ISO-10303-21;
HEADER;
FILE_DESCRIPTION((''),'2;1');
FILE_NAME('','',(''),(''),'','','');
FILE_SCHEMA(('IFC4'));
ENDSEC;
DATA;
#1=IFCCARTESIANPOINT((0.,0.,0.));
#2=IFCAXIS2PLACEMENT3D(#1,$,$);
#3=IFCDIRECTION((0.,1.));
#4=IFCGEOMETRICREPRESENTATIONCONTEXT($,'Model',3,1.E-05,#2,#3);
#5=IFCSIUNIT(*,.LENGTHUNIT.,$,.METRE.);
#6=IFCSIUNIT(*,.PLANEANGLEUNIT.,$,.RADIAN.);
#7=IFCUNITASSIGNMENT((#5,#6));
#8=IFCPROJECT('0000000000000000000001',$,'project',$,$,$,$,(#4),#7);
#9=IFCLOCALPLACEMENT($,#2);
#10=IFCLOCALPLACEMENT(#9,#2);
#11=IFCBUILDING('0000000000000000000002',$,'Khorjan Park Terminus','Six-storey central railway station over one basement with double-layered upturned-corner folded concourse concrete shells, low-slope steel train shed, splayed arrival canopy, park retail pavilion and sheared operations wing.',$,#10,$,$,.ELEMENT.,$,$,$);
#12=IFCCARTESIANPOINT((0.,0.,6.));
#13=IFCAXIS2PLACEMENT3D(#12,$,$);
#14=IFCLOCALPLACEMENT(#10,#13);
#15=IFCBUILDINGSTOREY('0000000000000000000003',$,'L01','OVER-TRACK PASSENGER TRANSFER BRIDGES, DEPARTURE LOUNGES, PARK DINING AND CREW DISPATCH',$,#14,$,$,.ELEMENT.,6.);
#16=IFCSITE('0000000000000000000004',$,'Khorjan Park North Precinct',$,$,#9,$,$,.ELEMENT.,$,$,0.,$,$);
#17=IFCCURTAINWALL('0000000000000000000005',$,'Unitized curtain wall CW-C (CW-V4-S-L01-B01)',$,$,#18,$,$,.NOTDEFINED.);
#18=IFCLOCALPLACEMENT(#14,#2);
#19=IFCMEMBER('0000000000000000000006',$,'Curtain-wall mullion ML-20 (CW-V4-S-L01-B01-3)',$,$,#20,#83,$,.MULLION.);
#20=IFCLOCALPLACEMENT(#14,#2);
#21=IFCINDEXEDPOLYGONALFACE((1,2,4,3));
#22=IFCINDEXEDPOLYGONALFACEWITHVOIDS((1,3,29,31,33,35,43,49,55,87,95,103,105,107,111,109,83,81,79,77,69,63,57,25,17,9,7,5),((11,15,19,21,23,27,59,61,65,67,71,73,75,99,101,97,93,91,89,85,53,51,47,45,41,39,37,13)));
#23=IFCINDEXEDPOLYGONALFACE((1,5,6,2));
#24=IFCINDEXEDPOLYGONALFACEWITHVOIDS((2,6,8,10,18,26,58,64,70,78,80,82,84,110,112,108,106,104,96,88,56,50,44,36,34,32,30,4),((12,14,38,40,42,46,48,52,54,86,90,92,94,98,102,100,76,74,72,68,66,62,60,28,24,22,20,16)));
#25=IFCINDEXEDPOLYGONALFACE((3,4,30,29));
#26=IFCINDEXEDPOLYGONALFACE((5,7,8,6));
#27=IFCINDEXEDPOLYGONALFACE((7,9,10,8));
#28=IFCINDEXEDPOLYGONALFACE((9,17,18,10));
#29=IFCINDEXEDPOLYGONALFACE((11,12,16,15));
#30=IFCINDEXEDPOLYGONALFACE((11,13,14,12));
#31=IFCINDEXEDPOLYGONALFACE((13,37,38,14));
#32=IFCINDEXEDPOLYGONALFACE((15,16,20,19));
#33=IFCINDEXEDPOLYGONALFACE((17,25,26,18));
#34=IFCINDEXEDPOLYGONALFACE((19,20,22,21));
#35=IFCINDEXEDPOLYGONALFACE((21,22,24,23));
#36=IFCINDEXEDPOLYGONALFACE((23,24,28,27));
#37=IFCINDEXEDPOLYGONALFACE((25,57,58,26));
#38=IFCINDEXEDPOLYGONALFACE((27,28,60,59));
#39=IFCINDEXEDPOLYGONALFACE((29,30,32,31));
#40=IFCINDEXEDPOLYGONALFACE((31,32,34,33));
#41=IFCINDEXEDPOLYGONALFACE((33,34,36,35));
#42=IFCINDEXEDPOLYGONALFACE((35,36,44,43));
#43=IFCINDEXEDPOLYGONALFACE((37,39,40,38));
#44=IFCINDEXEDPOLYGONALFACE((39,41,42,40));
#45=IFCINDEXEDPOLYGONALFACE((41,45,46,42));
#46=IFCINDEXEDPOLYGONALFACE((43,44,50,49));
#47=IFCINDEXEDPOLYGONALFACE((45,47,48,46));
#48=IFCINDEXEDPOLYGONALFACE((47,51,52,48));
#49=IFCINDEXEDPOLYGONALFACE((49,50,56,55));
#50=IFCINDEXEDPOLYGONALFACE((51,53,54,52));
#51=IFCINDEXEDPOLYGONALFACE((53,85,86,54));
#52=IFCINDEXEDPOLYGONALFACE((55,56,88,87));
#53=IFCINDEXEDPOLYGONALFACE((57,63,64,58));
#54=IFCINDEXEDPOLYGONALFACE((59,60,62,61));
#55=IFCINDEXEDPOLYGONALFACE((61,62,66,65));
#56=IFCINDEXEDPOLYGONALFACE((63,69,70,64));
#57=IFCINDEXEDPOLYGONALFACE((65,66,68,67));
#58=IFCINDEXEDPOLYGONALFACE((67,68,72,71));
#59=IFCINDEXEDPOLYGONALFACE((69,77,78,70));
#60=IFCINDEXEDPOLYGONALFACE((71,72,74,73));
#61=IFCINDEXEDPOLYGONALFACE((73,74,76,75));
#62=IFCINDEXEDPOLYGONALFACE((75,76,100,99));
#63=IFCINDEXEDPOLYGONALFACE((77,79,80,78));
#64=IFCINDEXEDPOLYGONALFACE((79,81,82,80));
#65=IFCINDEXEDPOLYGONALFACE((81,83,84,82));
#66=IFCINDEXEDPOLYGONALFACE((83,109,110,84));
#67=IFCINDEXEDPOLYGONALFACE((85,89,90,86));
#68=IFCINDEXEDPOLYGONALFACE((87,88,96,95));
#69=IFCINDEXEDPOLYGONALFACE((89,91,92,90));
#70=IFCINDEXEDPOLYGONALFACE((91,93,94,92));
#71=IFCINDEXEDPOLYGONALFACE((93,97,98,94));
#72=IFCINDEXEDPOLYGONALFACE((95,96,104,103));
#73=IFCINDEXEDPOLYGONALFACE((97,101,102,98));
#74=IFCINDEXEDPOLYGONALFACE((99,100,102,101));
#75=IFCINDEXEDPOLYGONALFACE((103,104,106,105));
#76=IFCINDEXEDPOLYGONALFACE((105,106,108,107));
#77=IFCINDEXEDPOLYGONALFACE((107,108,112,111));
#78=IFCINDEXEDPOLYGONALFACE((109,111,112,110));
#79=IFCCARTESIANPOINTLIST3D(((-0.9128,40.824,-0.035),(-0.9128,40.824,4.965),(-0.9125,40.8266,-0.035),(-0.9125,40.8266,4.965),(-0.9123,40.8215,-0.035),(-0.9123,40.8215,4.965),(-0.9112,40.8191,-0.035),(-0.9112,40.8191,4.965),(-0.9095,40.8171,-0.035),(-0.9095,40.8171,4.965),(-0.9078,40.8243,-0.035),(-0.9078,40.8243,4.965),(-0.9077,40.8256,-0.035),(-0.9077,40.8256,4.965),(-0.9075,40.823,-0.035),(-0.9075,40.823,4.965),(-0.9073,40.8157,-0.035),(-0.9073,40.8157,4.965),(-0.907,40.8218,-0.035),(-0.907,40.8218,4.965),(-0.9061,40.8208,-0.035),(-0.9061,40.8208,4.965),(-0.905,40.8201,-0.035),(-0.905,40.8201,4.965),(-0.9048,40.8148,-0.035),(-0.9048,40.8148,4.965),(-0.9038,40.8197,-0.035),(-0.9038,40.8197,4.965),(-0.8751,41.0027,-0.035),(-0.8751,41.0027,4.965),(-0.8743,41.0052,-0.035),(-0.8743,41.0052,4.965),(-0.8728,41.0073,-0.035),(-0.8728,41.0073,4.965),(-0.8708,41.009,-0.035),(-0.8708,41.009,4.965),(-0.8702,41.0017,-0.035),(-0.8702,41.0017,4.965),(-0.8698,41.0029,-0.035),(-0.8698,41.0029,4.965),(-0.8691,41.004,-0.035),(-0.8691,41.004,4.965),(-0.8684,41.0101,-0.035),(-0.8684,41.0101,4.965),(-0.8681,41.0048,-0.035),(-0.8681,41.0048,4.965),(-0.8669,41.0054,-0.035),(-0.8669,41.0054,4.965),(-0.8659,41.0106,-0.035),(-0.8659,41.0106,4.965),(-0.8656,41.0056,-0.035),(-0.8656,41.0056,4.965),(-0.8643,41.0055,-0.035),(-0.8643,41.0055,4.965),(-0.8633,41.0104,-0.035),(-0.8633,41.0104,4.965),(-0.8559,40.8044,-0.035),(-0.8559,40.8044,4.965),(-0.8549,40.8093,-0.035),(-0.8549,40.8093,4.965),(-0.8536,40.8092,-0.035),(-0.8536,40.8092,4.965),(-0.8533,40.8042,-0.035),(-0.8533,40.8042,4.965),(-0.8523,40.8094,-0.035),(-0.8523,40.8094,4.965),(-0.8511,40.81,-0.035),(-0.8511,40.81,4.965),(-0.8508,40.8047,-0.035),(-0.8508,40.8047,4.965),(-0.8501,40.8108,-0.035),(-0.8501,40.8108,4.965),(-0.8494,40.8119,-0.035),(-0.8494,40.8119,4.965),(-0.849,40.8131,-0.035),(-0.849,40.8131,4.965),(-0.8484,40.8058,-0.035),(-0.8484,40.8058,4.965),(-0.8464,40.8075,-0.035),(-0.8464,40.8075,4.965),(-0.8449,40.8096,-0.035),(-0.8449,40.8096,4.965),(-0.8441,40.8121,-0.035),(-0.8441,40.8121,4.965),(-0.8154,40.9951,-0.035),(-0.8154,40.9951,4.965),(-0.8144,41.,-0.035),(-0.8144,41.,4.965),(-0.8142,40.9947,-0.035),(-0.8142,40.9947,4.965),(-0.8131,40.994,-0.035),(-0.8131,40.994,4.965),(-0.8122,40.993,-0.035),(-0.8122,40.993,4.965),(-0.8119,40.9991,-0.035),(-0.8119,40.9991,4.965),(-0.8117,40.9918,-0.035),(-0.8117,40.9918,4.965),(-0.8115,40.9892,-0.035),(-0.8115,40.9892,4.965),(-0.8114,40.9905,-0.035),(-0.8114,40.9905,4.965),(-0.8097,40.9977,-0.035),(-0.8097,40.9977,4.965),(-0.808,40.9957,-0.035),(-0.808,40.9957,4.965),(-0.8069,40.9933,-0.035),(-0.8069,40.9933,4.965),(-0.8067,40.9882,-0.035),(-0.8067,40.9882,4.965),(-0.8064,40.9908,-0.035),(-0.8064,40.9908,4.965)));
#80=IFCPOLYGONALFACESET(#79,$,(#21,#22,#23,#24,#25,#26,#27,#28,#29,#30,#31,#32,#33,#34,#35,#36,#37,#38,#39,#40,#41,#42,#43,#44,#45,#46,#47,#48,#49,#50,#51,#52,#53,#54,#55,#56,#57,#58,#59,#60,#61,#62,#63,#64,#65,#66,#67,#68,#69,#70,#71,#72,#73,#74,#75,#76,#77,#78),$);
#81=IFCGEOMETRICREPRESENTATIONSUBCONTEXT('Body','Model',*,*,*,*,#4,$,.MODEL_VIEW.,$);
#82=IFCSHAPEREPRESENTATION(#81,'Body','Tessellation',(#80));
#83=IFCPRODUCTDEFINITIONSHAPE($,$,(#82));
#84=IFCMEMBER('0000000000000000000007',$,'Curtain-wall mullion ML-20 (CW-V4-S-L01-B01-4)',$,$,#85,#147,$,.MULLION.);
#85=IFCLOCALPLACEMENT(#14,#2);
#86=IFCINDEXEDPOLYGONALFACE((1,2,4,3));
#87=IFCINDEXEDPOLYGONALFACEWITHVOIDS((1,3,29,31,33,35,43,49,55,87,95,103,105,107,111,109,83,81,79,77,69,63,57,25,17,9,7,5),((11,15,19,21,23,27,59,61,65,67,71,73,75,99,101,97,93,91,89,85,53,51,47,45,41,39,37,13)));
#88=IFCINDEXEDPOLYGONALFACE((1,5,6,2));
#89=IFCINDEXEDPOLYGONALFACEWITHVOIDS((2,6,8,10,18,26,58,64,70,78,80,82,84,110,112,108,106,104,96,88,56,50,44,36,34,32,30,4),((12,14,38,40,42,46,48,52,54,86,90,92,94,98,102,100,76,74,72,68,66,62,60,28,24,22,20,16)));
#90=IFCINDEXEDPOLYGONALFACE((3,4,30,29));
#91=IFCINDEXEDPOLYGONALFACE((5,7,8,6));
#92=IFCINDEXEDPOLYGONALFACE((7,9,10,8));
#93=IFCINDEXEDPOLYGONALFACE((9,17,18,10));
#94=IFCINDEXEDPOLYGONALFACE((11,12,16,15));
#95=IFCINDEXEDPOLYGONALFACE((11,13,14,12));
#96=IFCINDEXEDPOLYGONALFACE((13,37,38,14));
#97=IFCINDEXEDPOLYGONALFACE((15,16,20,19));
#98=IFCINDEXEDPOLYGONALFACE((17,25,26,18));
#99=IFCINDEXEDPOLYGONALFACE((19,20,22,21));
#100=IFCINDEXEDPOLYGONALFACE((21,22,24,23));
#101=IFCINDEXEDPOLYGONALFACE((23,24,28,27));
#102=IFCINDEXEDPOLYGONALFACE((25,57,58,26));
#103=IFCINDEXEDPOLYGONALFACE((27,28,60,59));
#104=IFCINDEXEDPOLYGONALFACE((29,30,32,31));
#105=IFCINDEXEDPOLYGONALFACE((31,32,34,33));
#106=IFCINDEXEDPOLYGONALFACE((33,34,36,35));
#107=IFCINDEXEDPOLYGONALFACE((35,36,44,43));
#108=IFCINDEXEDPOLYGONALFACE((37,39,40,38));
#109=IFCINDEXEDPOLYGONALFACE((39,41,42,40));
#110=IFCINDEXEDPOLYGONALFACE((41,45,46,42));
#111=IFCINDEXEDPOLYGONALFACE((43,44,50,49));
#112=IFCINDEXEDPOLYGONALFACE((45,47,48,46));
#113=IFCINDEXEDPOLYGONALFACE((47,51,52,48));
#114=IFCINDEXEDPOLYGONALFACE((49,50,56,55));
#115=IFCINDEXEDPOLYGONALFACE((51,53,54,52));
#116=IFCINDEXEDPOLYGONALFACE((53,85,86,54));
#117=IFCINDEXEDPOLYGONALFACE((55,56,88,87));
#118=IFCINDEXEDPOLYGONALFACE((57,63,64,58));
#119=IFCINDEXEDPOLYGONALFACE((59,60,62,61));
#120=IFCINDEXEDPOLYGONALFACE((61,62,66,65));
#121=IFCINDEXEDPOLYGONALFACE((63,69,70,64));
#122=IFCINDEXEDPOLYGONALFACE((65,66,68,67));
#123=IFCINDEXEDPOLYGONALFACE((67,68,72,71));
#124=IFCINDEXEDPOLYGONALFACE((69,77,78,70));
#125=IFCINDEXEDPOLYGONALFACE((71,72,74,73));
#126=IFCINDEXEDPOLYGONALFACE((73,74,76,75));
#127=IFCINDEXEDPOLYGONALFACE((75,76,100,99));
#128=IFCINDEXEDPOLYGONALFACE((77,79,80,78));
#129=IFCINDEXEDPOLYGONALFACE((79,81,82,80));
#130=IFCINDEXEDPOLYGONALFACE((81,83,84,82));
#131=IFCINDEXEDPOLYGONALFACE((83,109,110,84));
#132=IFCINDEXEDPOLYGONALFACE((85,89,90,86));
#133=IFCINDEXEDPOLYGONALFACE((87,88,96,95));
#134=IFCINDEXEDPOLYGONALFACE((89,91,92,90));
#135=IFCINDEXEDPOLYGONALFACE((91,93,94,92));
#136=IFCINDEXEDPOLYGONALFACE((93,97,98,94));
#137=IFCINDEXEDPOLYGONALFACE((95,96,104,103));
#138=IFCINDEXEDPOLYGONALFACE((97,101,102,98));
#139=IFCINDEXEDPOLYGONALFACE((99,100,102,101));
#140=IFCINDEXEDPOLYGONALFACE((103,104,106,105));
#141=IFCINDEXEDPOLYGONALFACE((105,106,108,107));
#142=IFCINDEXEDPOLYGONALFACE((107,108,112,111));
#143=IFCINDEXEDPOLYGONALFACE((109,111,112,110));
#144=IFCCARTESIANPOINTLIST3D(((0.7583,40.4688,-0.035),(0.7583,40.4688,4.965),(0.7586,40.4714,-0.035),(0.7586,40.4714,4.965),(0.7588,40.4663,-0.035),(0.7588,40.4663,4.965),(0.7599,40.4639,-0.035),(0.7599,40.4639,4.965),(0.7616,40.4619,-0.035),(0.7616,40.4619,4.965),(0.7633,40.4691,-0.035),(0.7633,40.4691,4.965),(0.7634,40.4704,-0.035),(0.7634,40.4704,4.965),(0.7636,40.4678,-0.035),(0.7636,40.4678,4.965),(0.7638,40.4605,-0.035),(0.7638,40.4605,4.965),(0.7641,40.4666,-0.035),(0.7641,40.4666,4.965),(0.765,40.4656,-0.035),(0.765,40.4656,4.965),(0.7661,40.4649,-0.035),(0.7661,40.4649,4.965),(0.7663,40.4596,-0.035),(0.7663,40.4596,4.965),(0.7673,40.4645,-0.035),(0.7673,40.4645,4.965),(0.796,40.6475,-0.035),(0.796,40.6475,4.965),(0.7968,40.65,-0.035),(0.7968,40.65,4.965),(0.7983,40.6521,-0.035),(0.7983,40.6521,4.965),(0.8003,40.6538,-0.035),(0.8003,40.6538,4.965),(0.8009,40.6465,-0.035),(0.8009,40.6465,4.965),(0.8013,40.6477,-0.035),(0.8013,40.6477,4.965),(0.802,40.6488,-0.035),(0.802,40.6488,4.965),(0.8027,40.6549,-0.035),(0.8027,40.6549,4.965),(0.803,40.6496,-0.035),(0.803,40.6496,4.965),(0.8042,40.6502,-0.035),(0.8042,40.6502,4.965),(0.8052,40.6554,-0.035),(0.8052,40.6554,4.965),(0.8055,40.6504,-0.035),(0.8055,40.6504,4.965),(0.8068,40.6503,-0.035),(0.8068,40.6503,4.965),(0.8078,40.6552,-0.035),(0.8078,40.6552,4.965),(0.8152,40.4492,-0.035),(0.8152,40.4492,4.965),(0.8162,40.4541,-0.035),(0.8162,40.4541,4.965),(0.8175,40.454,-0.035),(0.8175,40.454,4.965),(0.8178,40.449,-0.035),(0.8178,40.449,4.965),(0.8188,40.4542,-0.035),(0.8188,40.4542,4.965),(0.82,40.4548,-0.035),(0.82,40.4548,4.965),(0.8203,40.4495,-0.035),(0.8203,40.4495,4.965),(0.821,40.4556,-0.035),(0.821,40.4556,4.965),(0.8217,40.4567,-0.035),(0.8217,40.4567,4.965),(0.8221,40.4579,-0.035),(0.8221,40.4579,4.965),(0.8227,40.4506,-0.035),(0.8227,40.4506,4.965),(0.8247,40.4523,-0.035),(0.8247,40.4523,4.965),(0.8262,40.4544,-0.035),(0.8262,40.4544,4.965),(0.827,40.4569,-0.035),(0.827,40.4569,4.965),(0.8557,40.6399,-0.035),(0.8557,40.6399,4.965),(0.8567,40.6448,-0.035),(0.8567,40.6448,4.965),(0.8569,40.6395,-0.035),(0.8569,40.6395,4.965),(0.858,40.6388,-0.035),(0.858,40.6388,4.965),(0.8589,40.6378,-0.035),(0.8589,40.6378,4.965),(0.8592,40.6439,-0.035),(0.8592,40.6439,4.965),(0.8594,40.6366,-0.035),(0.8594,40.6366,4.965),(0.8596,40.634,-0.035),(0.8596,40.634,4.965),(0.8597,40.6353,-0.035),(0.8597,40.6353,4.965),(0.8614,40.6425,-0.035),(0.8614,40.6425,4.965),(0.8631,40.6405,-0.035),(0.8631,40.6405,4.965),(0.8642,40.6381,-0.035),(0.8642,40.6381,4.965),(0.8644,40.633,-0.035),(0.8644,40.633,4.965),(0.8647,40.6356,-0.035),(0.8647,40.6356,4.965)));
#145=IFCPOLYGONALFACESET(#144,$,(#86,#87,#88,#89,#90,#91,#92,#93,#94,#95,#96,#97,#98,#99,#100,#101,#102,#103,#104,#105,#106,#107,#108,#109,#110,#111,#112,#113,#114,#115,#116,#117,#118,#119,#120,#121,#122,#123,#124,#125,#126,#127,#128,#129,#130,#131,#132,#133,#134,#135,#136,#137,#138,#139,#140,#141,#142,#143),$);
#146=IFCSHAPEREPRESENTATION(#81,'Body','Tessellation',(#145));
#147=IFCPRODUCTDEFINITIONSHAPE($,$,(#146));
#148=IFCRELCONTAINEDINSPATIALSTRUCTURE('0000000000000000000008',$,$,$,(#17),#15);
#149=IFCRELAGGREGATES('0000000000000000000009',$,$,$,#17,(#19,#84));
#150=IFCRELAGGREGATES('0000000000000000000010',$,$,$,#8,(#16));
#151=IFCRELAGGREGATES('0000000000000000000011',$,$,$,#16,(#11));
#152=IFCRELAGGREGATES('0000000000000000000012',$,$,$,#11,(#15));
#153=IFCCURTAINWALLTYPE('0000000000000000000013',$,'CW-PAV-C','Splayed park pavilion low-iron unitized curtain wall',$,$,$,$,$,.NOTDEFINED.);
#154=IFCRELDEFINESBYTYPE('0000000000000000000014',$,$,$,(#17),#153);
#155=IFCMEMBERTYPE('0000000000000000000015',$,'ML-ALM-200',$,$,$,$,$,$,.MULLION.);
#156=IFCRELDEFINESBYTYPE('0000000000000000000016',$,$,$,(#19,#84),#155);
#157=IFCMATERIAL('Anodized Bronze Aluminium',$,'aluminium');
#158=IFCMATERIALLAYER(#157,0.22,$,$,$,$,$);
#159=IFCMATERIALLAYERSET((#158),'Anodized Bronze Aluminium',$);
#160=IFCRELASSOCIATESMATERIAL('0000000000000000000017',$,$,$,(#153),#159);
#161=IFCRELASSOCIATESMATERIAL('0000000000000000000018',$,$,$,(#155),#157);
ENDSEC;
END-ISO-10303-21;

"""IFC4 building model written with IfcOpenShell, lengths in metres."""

from ifc_helpers import new_model, si_unit, direction, frame, origin, origin_2d, place, context, subcontext, project, spatial, hollow_rectangle, extrude, material, layer, layer_set, material_profile, profile_set, type_object, element, aggregate, save


model = new_model("IFC4")

# Units and contexts
model_context = context("Model", 3, precision=1e-05, world=origin(), true_north=direction((0.0, 1.0)))
body_context = subcontext(model_context, "Body", "Model", "MODEL_VIEW")
ifc_project = project(units=[si_unit("LENGTHUNIT", "METRE"), si_unit("PLANEANGLEUNIT", "RADIAN")], contexts=[model_context])

# Site, building, storey
site_placement = place(None, origin())
site = spatial("IfcSite", under=ifc_project, at=site_placement, Name="Khorjan Park North Precinct", CompositionType="ELEMENT", RefElevation=0.0)
building_placement = place(site_placement, origin())
building = spatial("IfcBuilding", under=site, at=building_placement, Name="Khorjan Park Terminus", Description="Six-storey central railway station over one basement with double-layered upturned-corner folded concourse concrete shells, low-slope steel train shed, splayed arrival canopy, park retail pavilion and sheared operations wing.", CompositionType="ELEMENT")
storey_placement = place(building_placement, frame((0.0, 0.0, 6.0)))
storey = spatial("IfcBuildingStorey", under=building, at=storey_placement, Name="L01", Description="OVER-TRACK PASSENGER TRANSFER BRIDGES, DEPARTURE LOUNGES, PARK DINING AND CREW DISPATCH", CompositionType="ELEMENT", Elevation=6.0)

# Curtain wall, members
ifc_material_1 = material(Name="Anodized Bronze Aluminium", Category="aluminium")
ifc_layer_1 = layer(ifc_material_1, 0.22)
ifc_layer_set_1 = layer_set([ifc_layer_1], Name="Anodized Bronze Aluminium")
curtain_wall_type = type_object("IfcCurtainWallType", Name="CW-PAV-C", Description="Splayed park pavilion low-iron unitized curtain wall", PredefinedType="NOTDEFINED", material=ifc_layer_set_1)
curtain_wall_placement = place(storey_placement, origin())
curtain_wall = element("IfcCurtainWall", 1, at=curtain_wall_placement, inside=storey, type_object=curtain_wall_type, Name="Unitized curtain wall CW-C (CW-V4-S-L01-B01)", PredefinedType="NOTDEFINED")
ifc_material_profile_1 = material_profile(ifc_material_1, hollow_rectangle(XDim=0.07, YDim=0.2, WallThickness=0.005, InnerFilletRadius=0.005, OuterFilletRadius=0.01, at=origin_2d()), Name="ALM 70x200x5")
ifc_profile_set_1 = profile_set([ifc_material_profile_1], Name="Anodized Bronze Aluminium")
member_type_1 = type_object("IfcMemberType", Name="ML-ALM-200", PredefinedType="MULLION", material=ifc_profile_set_1)
member_1_placement = place(storey_placement, frame((-0.8596, 40.9074, -0.035), z_axis=(0.0, 0.0, 1.0), x_axis=(0.978147, -0.207914, 0.0)))
member_1 = element("IfcMember", 2, at=member_1_placement, type_object=member_type_1, Name="Curtain-wall mullion ML-20 (CW-V4-S-L01-B01-3)", PredefinedType="MULLION", context=body_context, shape_type="SweptSolid", body=[
    extrude(hollow_rectangle(XDim=0.07, YDim=0.2, WallThickness=0.005, InnerFilletRadius=0.005, OuterFilletRadius=0.01, at=origin_2d()), origin(), (0.0, 0.0, 1.0), 5.0),
])
member_2_placement = place(storey_placement, frame((0.8115, 40.5522, -0.035), z_axis=(0.0, 0.0, 1.0), x_axis=(0.978147, -0.207914, 0.0)))
member_2 = element("IfcMember", 3, at=member_2_placement, type_object=member_type_1, Name="Curtain-wall mullion ML-20 (CW-V4-S-L01-B01-4)", PredefinedType="MULLION", context=body_context, shape_type="SweptSolid", body=[
    extrude(hollow_rectangle(XDim=0.07, YDim=0.2, WallThickness=0.005, InnerFilletRadius=0.005, OuterFilletRadius=0.01, at=origin_2d()), origin(), (0.0, 0.0, 1.0), 5.0),
])
aggregate(curtain_wall, [member_1, member_2])

save(model, "model.ifc")
